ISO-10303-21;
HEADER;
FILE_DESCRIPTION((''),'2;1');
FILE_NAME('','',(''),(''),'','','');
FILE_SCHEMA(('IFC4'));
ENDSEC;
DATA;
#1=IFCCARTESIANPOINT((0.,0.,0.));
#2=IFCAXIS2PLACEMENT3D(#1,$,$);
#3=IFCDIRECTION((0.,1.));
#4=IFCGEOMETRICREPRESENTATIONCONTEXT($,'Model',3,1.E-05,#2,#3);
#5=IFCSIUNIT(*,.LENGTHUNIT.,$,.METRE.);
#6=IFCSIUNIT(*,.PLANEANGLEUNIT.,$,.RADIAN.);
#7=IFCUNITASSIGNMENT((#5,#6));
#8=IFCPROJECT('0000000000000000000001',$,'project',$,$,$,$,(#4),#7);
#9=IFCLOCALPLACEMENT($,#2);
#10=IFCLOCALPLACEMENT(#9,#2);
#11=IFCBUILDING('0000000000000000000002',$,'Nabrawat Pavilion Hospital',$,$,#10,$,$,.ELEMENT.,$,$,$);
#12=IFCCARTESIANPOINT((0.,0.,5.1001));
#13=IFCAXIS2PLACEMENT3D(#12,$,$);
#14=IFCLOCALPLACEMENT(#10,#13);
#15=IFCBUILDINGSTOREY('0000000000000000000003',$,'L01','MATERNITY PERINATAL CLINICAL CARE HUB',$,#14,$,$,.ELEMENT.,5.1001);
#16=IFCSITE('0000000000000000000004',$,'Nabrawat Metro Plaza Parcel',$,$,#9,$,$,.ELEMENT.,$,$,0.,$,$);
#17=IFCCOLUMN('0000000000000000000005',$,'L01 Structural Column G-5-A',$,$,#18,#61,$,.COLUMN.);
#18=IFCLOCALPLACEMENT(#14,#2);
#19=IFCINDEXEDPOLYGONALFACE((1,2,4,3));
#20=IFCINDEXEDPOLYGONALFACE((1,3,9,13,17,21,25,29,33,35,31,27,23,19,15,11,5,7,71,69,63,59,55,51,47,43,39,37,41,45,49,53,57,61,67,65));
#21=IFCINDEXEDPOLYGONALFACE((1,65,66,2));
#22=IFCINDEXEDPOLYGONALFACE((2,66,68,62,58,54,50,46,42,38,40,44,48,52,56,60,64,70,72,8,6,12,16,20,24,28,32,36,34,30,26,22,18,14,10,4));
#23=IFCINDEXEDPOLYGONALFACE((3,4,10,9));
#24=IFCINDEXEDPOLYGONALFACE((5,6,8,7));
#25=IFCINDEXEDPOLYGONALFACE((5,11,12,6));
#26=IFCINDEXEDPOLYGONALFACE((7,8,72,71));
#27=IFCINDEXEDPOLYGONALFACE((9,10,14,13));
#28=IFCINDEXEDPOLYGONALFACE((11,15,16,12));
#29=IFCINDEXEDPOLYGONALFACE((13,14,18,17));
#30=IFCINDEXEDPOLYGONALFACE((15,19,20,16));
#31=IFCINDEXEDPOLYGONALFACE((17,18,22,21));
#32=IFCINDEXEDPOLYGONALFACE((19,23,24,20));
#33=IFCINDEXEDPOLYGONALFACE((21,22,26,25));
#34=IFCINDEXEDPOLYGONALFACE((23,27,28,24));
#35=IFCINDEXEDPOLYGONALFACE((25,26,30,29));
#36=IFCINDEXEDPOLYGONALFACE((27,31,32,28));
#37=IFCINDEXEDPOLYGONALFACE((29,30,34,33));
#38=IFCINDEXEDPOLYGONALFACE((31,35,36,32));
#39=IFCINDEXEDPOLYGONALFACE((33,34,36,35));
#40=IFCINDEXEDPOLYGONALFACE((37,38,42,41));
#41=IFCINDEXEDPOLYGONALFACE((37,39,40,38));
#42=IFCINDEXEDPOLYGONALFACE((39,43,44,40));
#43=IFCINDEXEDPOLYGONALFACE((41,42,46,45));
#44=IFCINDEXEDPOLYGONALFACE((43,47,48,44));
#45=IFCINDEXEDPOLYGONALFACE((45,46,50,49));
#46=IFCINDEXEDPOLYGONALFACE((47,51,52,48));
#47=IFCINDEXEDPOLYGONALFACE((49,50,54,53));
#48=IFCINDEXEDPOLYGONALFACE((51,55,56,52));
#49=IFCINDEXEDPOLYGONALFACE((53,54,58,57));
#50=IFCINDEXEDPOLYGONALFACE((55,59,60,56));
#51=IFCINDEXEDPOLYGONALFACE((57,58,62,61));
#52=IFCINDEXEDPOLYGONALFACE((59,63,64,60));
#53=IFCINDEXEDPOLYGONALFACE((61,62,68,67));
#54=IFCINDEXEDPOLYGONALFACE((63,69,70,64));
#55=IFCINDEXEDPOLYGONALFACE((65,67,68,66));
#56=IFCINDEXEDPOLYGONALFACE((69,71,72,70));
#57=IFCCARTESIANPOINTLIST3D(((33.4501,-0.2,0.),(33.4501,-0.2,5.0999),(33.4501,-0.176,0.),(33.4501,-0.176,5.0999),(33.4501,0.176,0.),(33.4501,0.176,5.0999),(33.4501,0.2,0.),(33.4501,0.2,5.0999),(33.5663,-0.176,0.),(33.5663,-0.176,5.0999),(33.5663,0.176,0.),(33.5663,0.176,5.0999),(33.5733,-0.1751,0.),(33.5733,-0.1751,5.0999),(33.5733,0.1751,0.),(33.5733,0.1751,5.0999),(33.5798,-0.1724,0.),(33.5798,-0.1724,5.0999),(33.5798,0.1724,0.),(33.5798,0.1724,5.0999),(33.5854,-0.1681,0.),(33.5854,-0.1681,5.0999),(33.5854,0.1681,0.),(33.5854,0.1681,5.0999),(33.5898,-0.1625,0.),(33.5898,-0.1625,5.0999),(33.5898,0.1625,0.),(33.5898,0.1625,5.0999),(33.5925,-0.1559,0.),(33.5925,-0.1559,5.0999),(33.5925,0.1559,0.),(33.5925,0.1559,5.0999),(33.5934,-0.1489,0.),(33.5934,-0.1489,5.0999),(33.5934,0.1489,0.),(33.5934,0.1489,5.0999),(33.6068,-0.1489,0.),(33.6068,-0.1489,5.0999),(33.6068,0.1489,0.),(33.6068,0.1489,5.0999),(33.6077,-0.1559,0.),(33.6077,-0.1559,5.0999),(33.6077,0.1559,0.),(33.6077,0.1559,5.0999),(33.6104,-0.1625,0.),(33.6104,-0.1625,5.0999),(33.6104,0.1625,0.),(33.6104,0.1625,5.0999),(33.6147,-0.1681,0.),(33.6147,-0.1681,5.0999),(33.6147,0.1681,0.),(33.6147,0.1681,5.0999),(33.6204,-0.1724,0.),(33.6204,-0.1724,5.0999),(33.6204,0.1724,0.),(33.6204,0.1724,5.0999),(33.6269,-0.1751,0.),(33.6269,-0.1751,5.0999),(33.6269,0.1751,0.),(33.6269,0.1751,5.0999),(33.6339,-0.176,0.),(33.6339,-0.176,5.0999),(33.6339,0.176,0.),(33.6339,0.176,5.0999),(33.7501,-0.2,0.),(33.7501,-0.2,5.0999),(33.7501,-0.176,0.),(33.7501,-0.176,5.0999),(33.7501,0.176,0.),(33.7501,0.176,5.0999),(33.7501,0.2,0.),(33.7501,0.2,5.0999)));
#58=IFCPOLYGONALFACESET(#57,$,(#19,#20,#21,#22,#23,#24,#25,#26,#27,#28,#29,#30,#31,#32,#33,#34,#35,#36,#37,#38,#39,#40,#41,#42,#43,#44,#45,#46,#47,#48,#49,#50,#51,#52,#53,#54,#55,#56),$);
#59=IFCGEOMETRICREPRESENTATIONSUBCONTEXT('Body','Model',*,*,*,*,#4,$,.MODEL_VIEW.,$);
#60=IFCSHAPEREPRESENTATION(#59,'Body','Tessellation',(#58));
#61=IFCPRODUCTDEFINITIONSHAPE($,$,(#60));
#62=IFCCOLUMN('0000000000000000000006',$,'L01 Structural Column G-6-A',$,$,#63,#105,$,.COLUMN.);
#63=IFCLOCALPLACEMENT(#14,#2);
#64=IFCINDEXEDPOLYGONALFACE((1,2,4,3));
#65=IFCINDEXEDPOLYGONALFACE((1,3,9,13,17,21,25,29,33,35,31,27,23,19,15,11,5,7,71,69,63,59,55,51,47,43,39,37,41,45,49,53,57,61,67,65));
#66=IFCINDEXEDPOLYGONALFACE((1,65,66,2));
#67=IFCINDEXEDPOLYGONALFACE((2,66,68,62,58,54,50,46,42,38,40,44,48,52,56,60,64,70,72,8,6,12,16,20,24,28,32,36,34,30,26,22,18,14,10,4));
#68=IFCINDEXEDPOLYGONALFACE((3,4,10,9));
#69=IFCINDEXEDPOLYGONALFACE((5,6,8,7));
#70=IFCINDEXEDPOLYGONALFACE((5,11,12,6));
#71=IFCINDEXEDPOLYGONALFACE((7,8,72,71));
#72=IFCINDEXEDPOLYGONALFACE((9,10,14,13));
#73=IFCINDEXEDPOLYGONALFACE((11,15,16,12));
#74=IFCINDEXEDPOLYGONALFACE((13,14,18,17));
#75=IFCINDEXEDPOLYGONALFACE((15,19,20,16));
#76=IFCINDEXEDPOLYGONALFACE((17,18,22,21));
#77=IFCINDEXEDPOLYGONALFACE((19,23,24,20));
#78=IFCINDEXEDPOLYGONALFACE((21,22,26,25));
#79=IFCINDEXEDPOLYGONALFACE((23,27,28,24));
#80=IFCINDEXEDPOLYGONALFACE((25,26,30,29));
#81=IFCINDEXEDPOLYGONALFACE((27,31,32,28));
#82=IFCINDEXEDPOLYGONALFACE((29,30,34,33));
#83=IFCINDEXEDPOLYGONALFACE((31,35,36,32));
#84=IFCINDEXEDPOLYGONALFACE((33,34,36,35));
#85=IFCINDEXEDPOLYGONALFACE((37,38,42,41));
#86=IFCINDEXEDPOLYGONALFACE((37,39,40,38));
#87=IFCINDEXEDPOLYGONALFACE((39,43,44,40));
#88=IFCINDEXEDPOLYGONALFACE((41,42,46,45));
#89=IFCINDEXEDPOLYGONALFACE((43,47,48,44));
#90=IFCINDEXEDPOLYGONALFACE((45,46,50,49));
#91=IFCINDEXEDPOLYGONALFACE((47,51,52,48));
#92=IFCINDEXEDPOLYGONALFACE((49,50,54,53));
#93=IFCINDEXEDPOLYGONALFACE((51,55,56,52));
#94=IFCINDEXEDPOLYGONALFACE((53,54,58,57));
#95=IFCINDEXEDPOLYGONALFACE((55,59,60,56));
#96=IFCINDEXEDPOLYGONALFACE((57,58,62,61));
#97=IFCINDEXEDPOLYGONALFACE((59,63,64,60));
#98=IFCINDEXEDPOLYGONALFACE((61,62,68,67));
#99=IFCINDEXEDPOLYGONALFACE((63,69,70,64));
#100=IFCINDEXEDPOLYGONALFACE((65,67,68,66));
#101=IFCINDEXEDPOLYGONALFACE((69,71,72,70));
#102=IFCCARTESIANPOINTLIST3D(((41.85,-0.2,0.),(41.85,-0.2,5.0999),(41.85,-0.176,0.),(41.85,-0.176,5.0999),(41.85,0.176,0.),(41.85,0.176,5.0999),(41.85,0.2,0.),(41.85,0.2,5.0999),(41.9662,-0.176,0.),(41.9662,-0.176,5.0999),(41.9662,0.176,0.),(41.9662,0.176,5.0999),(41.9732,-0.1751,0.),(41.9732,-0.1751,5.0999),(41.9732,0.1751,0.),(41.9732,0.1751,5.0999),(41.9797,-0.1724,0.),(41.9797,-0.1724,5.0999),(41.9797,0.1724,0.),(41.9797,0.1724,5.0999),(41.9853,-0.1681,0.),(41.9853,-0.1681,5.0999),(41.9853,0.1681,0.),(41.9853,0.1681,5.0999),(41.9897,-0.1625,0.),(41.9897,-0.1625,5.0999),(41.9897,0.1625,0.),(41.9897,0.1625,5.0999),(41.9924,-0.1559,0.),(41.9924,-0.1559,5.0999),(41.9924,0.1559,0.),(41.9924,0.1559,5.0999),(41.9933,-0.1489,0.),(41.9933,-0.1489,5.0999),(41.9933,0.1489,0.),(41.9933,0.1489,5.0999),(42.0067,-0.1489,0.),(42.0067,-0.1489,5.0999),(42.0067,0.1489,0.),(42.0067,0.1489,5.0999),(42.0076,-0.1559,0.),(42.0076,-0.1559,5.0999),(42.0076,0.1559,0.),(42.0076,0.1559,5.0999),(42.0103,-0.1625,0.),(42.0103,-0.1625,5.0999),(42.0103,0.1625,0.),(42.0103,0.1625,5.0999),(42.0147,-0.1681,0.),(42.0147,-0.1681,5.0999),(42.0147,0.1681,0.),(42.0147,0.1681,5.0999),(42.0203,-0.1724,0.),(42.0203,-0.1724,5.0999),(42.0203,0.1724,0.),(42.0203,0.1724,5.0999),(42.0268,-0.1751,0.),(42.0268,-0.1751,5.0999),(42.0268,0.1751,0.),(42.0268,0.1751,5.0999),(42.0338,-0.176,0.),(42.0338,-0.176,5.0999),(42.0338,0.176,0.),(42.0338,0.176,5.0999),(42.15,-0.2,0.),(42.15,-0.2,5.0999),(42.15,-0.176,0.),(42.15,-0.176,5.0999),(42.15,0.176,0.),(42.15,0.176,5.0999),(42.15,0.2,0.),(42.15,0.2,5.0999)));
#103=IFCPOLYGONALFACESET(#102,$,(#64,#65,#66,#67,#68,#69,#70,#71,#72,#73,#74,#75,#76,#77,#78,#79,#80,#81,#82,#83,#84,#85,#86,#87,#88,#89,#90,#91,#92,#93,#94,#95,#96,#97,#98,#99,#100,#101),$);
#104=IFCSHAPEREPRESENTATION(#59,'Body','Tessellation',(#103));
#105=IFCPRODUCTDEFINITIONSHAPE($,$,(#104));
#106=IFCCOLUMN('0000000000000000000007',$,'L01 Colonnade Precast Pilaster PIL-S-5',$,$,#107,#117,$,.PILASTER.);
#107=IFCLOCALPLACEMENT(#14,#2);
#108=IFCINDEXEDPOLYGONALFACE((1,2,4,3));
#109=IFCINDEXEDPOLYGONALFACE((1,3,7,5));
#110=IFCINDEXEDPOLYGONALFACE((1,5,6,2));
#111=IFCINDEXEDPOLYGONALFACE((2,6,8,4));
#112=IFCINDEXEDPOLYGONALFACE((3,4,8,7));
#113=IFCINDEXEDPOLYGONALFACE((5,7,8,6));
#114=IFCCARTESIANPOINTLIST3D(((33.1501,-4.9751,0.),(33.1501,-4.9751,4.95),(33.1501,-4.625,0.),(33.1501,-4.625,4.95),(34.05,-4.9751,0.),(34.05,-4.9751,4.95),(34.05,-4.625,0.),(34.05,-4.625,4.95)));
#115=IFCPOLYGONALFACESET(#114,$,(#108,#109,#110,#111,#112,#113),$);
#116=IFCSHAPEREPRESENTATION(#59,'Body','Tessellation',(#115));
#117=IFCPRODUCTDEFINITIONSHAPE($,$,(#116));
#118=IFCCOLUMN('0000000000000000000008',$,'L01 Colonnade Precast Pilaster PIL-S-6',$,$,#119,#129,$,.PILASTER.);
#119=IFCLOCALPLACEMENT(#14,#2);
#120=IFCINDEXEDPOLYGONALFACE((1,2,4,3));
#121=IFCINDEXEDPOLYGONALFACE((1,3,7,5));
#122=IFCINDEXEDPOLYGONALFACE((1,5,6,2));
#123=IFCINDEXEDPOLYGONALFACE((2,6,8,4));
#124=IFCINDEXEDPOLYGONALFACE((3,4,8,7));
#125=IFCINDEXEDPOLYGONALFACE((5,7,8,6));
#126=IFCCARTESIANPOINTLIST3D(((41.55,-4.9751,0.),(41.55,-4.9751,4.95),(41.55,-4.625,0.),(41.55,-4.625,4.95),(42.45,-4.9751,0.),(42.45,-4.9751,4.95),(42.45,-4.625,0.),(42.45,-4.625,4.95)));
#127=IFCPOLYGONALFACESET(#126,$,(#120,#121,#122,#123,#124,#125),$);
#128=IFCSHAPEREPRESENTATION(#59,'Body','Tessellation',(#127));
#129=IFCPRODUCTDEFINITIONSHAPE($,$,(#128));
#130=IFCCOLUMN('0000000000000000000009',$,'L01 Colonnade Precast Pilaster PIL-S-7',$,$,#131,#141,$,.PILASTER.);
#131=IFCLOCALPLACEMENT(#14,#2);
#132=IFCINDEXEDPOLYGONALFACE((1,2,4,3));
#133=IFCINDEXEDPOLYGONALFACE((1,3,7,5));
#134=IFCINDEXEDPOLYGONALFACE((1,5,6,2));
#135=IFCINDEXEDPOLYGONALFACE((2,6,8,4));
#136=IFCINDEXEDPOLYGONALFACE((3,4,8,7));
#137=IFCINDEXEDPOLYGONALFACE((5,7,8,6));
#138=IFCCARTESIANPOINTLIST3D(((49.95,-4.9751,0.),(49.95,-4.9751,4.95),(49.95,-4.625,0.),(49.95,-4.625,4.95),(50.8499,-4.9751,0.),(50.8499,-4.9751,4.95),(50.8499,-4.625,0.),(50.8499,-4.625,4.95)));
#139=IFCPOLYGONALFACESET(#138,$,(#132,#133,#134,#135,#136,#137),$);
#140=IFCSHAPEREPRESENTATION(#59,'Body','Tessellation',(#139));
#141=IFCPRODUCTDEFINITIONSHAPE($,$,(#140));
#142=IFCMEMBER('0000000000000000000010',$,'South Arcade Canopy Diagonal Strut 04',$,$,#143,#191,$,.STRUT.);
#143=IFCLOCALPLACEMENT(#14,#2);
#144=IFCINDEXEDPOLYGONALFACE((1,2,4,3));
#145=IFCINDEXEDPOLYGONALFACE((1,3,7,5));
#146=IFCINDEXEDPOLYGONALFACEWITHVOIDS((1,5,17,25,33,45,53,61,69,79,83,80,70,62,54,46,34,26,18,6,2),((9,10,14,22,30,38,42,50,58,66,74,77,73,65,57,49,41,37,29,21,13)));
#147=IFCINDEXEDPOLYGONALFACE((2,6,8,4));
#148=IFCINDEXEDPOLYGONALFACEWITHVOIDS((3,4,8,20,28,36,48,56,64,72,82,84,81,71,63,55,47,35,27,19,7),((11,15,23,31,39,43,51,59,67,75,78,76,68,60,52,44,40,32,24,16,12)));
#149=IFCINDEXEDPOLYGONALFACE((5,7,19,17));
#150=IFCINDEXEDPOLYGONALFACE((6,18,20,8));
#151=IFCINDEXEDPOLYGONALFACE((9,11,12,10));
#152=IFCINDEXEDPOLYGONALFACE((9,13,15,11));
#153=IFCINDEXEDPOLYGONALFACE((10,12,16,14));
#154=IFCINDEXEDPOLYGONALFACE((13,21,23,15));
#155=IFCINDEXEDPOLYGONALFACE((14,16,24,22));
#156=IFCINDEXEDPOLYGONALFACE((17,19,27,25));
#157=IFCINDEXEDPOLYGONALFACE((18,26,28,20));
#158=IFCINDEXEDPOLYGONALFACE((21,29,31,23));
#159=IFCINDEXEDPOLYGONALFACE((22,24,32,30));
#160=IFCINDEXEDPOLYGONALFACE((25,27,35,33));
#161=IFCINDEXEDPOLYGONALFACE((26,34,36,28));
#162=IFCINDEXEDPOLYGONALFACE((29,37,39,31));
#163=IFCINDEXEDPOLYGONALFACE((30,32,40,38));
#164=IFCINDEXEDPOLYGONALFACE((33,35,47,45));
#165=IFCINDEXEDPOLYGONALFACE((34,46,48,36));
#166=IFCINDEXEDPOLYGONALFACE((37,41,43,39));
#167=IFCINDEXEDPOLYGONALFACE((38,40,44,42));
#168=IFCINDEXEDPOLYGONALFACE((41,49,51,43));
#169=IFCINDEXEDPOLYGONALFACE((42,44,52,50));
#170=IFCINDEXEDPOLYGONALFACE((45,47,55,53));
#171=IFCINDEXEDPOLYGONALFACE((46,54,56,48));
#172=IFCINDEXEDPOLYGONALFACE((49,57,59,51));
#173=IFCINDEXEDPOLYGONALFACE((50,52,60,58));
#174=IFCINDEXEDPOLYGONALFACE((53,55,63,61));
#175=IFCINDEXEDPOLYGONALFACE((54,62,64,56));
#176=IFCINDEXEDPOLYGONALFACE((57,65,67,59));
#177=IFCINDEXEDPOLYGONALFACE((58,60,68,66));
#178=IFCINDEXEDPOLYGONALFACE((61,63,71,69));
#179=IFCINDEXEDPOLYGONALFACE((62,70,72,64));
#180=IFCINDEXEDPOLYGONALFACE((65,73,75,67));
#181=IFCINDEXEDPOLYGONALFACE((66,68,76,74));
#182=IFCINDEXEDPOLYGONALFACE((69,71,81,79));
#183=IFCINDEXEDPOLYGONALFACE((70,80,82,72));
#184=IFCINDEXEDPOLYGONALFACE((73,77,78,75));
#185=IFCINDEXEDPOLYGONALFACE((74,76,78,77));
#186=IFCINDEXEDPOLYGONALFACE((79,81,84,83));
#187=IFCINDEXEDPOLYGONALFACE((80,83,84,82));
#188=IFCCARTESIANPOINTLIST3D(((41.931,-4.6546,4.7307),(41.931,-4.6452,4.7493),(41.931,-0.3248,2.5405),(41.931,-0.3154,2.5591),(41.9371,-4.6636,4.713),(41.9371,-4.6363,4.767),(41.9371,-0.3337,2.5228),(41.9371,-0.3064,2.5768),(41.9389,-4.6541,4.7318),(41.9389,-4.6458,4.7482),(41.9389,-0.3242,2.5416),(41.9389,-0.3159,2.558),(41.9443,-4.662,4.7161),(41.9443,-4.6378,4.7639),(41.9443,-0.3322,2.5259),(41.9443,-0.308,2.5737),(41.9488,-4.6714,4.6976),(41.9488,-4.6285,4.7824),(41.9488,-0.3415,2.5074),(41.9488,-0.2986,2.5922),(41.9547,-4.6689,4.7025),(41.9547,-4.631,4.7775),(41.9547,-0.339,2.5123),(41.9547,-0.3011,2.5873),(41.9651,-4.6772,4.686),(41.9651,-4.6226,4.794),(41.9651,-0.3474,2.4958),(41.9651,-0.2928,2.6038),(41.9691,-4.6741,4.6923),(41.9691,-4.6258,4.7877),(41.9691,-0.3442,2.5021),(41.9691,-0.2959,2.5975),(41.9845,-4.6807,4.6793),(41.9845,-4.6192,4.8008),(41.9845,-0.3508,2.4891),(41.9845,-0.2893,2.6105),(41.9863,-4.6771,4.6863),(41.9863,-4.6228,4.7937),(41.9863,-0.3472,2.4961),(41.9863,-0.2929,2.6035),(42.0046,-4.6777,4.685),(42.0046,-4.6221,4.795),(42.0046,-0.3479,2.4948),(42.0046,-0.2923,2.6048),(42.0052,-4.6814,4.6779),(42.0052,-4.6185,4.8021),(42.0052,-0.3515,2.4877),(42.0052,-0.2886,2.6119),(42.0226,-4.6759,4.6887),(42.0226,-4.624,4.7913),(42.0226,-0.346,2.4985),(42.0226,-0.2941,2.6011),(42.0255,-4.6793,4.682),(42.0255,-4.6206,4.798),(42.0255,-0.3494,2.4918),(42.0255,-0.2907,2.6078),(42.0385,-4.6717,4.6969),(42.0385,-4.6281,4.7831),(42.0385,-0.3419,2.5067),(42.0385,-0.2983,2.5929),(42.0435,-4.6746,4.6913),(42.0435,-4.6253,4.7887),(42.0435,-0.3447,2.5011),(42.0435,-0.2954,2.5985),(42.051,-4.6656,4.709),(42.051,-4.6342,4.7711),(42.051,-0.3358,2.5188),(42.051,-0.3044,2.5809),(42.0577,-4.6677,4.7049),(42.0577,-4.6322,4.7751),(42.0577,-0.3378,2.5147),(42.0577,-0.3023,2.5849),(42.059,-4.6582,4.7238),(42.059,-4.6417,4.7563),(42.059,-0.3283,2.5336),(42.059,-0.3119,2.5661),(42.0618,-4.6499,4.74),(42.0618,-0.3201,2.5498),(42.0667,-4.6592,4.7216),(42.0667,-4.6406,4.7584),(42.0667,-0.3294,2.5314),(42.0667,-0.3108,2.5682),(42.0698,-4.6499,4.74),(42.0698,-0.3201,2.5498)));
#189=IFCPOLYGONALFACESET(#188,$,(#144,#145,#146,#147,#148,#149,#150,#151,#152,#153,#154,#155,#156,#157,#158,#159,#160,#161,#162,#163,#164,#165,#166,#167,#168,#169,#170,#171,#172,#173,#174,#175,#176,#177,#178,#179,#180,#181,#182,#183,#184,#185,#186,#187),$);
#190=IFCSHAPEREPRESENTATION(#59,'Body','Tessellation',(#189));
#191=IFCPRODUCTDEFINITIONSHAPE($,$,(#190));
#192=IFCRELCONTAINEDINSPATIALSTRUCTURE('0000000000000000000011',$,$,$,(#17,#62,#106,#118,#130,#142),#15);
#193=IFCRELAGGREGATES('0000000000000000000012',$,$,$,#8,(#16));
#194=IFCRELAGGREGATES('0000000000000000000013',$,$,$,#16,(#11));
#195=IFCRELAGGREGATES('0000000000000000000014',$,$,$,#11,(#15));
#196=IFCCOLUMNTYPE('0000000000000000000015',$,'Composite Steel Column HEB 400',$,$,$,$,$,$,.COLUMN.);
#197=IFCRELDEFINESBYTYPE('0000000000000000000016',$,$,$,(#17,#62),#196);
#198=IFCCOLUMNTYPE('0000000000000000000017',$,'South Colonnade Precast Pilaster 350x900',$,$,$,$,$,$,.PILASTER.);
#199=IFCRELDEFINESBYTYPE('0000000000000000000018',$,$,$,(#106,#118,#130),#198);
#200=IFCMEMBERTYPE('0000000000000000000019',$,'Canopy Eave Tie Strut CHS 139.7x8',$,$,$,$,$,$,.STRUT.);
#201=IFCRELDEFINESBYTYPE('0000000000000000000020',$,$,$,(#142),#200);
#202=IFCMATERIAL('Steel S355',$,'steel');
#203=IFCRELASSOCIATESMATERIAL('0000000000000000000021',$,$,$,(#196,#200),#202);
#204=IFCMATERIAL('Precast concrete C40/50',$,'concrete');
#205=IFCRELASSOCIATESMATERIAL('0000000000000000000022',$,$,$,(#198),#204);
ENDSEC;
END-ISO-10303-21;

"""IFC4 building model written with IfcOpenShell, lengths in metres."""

from ifc_helpers import new_model, si_unit, direction, frame, origin, origin_2d, place, context, subcontext, project, spatial, rectangle, hollow_circle, i_section, extrude, material, material_profile, profile_set, type_object, element, save


model = new_model("IFC4")

# Units and contexts
model_context = context("Model", 3, precision=1e-05, world=origin(), true_north=direction((0.0, 1.0)))
body_context = subcontext(model_context, "Body", "Model", "MODEL_VIEW")
ifc_project = project(units=[si_unit("LENGTHUNIT", "METRE"), si_unit("PLANEANGLEUNIT", "RADIAN")], contexts=[model_context])

# Site, building, storey
site_placement = place(None, origin())
site = spatial("IfcSite", under=ifc_project, at=site_placement, Name="Nabrawat Metro Plaza Parcel", CompositionType="ELEMENT", RefElevation=0.0)
building_placement = place(site_placement, origin())
building = spatial("IfcBuilding", under=site, at=building_placement, Name="Nabrawat Pavilion Hospital", CompositionType="ELEMENT")
storey_placement = place(building_placement, frame((0.0, 0.0, 5.1001)))
storey = spatial("IfcBuildingStorey", under=building, at=storey_placement, Name="L01", Description="MATERNITY PERINATAL CLINICAL CARE HUB", CompositionType="ELEMENT", Elevation=5.1001)

# Columns
ifc_material_1 = material(Name="Steel S355", Category="steel")
ifc_material_profile_1 = material_profile(ifc_material_1, i_section(OverallWidth=0.3, OverallDepth=0.3999, WebThickness=0.0134, FlangeThickness=0.0239, FilletRadius=0.0271, at=origin_2d()), Name="HEB 400")
ifc_profile_set_1 = profile_set([ifc_material_profile_1], Name="Steel S355")
column_type_1 = type_object("IfcColumnType", Name="Composite Steel Column HEB 400", PredefinedType="COLUMN", material=ifc_profile_set_1)
for number, where, z_axis, x_axis, name in (
    (1, (33.6001, 0.0, 0.0), (0.0, 0.0, 1.0), (1.0, 0.0, 0.0), "L01 Structural Column G-5-A"),
    (2, (42.0, 0.0, 0.0), (0.0, 0.0, 1.0), (1.0, 0.0, 0.0), "L01 Structural Column G-6-A"),
):
    element("IfcColumn", number, at=place(storey_placement, frame(where, z_axis=z_axis, x_axis=x_axis)), inside=storey, type_object=column_type_1, Name=name, PredefinedType="COLUMN", context=body_context, shape_type="SweptSolid", body=[
        extrude(i_section(OverallWidth=0.3, OverallDepth=0.3999, WebThickness=0.0134, FlangeThickness=0.0239, FilletRadius=0.0271, at=origin_2d()), origin(), (0.0, 0.0, 1.0), 5.0999),
    ])
ifc_material_2 = material(Name="Precast concrete C40/50", Category="concrete")
ifc_material_profile_2 = material_profile(ifc_material_2, rectangle(XDim=0.3501, YDim=0.8999, at=origin_2d()), Name="PC 350x900")
ifc_profile_set_2 = profile_set([ifc_material_profile_2], Name="Precast concrete C40/50")
column_type_2 = type_object("IfcColumnType", Name="South Colonnade Precast Pilaster 350x900", PredefinedType="PILASTER", material=ifc_profile_set_2)
for number, where, z_axis, x_axis, name in (
    (3, (33.6001, -4.8, 0.0), (0.0, 0.0, 1.0), (0.0, 1.0, 0.0), "L01 Colonnade Precast Pilaster PIL-S-5"),
    (4, (42.0, -4.8, 0.0), (0.0, 0.0, 1.0), (0.0, 1.0, 0.0), "L01 Colonnade Precast Pilaster PIL-S-6"),
    (5, (50.3999, -4.8, 0.0), (0.0, 0.0, 1.0), (0.0, 1.0, 0.0), "L01 Colonnade Precast Pilaster PIL-S-7"),
):
    element("IfcColumn", number, at=place(storey_placement, frame(where, z_axis=z_axis, x_axis=x_axis)), inside=storey, type_object=column_type_2, Name=name, PredefinedType="PILASTER", context=body_context, shape_type="SweptSolid", body=[
        extrude(rectangle(XDim=0.3501, YDim=0.8999, at=origin_2d()), origin(), (0.0, 0.0, 1.0), 4.95),
    ])

# Member
ifc_material_profile_3 = material_profile(ifc_material_1, hollow_circle(Radius=0.0698, WallThickness=0.0081, at=origin_2d()), Name="CHS 139.7x8")
ifc_profile_set_3 = profile_set([ifc_material_profile_3], Name="Steel S355")
member_type = type_object("IfcMemberType", Name="Canopy Eave Tie Strut CHS 139.7x8", PredefinedType="STRUT", material=ifc_profile_set_3)
member_placement = place(storey_placement, frame((42.0, -0.3201, 2.5498), z_axis=(0.0, -0.892334, 0.451375), x_axis=(1.0, 0.0, 0.0)))
element("IfcMember", 6, at=member_placement, inside=storey, type_object=member_type, Name="South Arcade Canopy Diagonal Strut 04", PredefinedType="STRUT", context=body_context, shape_type="SweptSolid", body=[
    extrude(hollow_circle(Radius=0.0698, WallThickness=0.0081, at=origin_2d()), origin(), (0.0, 0.0, 1.0), 4.8523),
])

save(model, "model.ifc")
